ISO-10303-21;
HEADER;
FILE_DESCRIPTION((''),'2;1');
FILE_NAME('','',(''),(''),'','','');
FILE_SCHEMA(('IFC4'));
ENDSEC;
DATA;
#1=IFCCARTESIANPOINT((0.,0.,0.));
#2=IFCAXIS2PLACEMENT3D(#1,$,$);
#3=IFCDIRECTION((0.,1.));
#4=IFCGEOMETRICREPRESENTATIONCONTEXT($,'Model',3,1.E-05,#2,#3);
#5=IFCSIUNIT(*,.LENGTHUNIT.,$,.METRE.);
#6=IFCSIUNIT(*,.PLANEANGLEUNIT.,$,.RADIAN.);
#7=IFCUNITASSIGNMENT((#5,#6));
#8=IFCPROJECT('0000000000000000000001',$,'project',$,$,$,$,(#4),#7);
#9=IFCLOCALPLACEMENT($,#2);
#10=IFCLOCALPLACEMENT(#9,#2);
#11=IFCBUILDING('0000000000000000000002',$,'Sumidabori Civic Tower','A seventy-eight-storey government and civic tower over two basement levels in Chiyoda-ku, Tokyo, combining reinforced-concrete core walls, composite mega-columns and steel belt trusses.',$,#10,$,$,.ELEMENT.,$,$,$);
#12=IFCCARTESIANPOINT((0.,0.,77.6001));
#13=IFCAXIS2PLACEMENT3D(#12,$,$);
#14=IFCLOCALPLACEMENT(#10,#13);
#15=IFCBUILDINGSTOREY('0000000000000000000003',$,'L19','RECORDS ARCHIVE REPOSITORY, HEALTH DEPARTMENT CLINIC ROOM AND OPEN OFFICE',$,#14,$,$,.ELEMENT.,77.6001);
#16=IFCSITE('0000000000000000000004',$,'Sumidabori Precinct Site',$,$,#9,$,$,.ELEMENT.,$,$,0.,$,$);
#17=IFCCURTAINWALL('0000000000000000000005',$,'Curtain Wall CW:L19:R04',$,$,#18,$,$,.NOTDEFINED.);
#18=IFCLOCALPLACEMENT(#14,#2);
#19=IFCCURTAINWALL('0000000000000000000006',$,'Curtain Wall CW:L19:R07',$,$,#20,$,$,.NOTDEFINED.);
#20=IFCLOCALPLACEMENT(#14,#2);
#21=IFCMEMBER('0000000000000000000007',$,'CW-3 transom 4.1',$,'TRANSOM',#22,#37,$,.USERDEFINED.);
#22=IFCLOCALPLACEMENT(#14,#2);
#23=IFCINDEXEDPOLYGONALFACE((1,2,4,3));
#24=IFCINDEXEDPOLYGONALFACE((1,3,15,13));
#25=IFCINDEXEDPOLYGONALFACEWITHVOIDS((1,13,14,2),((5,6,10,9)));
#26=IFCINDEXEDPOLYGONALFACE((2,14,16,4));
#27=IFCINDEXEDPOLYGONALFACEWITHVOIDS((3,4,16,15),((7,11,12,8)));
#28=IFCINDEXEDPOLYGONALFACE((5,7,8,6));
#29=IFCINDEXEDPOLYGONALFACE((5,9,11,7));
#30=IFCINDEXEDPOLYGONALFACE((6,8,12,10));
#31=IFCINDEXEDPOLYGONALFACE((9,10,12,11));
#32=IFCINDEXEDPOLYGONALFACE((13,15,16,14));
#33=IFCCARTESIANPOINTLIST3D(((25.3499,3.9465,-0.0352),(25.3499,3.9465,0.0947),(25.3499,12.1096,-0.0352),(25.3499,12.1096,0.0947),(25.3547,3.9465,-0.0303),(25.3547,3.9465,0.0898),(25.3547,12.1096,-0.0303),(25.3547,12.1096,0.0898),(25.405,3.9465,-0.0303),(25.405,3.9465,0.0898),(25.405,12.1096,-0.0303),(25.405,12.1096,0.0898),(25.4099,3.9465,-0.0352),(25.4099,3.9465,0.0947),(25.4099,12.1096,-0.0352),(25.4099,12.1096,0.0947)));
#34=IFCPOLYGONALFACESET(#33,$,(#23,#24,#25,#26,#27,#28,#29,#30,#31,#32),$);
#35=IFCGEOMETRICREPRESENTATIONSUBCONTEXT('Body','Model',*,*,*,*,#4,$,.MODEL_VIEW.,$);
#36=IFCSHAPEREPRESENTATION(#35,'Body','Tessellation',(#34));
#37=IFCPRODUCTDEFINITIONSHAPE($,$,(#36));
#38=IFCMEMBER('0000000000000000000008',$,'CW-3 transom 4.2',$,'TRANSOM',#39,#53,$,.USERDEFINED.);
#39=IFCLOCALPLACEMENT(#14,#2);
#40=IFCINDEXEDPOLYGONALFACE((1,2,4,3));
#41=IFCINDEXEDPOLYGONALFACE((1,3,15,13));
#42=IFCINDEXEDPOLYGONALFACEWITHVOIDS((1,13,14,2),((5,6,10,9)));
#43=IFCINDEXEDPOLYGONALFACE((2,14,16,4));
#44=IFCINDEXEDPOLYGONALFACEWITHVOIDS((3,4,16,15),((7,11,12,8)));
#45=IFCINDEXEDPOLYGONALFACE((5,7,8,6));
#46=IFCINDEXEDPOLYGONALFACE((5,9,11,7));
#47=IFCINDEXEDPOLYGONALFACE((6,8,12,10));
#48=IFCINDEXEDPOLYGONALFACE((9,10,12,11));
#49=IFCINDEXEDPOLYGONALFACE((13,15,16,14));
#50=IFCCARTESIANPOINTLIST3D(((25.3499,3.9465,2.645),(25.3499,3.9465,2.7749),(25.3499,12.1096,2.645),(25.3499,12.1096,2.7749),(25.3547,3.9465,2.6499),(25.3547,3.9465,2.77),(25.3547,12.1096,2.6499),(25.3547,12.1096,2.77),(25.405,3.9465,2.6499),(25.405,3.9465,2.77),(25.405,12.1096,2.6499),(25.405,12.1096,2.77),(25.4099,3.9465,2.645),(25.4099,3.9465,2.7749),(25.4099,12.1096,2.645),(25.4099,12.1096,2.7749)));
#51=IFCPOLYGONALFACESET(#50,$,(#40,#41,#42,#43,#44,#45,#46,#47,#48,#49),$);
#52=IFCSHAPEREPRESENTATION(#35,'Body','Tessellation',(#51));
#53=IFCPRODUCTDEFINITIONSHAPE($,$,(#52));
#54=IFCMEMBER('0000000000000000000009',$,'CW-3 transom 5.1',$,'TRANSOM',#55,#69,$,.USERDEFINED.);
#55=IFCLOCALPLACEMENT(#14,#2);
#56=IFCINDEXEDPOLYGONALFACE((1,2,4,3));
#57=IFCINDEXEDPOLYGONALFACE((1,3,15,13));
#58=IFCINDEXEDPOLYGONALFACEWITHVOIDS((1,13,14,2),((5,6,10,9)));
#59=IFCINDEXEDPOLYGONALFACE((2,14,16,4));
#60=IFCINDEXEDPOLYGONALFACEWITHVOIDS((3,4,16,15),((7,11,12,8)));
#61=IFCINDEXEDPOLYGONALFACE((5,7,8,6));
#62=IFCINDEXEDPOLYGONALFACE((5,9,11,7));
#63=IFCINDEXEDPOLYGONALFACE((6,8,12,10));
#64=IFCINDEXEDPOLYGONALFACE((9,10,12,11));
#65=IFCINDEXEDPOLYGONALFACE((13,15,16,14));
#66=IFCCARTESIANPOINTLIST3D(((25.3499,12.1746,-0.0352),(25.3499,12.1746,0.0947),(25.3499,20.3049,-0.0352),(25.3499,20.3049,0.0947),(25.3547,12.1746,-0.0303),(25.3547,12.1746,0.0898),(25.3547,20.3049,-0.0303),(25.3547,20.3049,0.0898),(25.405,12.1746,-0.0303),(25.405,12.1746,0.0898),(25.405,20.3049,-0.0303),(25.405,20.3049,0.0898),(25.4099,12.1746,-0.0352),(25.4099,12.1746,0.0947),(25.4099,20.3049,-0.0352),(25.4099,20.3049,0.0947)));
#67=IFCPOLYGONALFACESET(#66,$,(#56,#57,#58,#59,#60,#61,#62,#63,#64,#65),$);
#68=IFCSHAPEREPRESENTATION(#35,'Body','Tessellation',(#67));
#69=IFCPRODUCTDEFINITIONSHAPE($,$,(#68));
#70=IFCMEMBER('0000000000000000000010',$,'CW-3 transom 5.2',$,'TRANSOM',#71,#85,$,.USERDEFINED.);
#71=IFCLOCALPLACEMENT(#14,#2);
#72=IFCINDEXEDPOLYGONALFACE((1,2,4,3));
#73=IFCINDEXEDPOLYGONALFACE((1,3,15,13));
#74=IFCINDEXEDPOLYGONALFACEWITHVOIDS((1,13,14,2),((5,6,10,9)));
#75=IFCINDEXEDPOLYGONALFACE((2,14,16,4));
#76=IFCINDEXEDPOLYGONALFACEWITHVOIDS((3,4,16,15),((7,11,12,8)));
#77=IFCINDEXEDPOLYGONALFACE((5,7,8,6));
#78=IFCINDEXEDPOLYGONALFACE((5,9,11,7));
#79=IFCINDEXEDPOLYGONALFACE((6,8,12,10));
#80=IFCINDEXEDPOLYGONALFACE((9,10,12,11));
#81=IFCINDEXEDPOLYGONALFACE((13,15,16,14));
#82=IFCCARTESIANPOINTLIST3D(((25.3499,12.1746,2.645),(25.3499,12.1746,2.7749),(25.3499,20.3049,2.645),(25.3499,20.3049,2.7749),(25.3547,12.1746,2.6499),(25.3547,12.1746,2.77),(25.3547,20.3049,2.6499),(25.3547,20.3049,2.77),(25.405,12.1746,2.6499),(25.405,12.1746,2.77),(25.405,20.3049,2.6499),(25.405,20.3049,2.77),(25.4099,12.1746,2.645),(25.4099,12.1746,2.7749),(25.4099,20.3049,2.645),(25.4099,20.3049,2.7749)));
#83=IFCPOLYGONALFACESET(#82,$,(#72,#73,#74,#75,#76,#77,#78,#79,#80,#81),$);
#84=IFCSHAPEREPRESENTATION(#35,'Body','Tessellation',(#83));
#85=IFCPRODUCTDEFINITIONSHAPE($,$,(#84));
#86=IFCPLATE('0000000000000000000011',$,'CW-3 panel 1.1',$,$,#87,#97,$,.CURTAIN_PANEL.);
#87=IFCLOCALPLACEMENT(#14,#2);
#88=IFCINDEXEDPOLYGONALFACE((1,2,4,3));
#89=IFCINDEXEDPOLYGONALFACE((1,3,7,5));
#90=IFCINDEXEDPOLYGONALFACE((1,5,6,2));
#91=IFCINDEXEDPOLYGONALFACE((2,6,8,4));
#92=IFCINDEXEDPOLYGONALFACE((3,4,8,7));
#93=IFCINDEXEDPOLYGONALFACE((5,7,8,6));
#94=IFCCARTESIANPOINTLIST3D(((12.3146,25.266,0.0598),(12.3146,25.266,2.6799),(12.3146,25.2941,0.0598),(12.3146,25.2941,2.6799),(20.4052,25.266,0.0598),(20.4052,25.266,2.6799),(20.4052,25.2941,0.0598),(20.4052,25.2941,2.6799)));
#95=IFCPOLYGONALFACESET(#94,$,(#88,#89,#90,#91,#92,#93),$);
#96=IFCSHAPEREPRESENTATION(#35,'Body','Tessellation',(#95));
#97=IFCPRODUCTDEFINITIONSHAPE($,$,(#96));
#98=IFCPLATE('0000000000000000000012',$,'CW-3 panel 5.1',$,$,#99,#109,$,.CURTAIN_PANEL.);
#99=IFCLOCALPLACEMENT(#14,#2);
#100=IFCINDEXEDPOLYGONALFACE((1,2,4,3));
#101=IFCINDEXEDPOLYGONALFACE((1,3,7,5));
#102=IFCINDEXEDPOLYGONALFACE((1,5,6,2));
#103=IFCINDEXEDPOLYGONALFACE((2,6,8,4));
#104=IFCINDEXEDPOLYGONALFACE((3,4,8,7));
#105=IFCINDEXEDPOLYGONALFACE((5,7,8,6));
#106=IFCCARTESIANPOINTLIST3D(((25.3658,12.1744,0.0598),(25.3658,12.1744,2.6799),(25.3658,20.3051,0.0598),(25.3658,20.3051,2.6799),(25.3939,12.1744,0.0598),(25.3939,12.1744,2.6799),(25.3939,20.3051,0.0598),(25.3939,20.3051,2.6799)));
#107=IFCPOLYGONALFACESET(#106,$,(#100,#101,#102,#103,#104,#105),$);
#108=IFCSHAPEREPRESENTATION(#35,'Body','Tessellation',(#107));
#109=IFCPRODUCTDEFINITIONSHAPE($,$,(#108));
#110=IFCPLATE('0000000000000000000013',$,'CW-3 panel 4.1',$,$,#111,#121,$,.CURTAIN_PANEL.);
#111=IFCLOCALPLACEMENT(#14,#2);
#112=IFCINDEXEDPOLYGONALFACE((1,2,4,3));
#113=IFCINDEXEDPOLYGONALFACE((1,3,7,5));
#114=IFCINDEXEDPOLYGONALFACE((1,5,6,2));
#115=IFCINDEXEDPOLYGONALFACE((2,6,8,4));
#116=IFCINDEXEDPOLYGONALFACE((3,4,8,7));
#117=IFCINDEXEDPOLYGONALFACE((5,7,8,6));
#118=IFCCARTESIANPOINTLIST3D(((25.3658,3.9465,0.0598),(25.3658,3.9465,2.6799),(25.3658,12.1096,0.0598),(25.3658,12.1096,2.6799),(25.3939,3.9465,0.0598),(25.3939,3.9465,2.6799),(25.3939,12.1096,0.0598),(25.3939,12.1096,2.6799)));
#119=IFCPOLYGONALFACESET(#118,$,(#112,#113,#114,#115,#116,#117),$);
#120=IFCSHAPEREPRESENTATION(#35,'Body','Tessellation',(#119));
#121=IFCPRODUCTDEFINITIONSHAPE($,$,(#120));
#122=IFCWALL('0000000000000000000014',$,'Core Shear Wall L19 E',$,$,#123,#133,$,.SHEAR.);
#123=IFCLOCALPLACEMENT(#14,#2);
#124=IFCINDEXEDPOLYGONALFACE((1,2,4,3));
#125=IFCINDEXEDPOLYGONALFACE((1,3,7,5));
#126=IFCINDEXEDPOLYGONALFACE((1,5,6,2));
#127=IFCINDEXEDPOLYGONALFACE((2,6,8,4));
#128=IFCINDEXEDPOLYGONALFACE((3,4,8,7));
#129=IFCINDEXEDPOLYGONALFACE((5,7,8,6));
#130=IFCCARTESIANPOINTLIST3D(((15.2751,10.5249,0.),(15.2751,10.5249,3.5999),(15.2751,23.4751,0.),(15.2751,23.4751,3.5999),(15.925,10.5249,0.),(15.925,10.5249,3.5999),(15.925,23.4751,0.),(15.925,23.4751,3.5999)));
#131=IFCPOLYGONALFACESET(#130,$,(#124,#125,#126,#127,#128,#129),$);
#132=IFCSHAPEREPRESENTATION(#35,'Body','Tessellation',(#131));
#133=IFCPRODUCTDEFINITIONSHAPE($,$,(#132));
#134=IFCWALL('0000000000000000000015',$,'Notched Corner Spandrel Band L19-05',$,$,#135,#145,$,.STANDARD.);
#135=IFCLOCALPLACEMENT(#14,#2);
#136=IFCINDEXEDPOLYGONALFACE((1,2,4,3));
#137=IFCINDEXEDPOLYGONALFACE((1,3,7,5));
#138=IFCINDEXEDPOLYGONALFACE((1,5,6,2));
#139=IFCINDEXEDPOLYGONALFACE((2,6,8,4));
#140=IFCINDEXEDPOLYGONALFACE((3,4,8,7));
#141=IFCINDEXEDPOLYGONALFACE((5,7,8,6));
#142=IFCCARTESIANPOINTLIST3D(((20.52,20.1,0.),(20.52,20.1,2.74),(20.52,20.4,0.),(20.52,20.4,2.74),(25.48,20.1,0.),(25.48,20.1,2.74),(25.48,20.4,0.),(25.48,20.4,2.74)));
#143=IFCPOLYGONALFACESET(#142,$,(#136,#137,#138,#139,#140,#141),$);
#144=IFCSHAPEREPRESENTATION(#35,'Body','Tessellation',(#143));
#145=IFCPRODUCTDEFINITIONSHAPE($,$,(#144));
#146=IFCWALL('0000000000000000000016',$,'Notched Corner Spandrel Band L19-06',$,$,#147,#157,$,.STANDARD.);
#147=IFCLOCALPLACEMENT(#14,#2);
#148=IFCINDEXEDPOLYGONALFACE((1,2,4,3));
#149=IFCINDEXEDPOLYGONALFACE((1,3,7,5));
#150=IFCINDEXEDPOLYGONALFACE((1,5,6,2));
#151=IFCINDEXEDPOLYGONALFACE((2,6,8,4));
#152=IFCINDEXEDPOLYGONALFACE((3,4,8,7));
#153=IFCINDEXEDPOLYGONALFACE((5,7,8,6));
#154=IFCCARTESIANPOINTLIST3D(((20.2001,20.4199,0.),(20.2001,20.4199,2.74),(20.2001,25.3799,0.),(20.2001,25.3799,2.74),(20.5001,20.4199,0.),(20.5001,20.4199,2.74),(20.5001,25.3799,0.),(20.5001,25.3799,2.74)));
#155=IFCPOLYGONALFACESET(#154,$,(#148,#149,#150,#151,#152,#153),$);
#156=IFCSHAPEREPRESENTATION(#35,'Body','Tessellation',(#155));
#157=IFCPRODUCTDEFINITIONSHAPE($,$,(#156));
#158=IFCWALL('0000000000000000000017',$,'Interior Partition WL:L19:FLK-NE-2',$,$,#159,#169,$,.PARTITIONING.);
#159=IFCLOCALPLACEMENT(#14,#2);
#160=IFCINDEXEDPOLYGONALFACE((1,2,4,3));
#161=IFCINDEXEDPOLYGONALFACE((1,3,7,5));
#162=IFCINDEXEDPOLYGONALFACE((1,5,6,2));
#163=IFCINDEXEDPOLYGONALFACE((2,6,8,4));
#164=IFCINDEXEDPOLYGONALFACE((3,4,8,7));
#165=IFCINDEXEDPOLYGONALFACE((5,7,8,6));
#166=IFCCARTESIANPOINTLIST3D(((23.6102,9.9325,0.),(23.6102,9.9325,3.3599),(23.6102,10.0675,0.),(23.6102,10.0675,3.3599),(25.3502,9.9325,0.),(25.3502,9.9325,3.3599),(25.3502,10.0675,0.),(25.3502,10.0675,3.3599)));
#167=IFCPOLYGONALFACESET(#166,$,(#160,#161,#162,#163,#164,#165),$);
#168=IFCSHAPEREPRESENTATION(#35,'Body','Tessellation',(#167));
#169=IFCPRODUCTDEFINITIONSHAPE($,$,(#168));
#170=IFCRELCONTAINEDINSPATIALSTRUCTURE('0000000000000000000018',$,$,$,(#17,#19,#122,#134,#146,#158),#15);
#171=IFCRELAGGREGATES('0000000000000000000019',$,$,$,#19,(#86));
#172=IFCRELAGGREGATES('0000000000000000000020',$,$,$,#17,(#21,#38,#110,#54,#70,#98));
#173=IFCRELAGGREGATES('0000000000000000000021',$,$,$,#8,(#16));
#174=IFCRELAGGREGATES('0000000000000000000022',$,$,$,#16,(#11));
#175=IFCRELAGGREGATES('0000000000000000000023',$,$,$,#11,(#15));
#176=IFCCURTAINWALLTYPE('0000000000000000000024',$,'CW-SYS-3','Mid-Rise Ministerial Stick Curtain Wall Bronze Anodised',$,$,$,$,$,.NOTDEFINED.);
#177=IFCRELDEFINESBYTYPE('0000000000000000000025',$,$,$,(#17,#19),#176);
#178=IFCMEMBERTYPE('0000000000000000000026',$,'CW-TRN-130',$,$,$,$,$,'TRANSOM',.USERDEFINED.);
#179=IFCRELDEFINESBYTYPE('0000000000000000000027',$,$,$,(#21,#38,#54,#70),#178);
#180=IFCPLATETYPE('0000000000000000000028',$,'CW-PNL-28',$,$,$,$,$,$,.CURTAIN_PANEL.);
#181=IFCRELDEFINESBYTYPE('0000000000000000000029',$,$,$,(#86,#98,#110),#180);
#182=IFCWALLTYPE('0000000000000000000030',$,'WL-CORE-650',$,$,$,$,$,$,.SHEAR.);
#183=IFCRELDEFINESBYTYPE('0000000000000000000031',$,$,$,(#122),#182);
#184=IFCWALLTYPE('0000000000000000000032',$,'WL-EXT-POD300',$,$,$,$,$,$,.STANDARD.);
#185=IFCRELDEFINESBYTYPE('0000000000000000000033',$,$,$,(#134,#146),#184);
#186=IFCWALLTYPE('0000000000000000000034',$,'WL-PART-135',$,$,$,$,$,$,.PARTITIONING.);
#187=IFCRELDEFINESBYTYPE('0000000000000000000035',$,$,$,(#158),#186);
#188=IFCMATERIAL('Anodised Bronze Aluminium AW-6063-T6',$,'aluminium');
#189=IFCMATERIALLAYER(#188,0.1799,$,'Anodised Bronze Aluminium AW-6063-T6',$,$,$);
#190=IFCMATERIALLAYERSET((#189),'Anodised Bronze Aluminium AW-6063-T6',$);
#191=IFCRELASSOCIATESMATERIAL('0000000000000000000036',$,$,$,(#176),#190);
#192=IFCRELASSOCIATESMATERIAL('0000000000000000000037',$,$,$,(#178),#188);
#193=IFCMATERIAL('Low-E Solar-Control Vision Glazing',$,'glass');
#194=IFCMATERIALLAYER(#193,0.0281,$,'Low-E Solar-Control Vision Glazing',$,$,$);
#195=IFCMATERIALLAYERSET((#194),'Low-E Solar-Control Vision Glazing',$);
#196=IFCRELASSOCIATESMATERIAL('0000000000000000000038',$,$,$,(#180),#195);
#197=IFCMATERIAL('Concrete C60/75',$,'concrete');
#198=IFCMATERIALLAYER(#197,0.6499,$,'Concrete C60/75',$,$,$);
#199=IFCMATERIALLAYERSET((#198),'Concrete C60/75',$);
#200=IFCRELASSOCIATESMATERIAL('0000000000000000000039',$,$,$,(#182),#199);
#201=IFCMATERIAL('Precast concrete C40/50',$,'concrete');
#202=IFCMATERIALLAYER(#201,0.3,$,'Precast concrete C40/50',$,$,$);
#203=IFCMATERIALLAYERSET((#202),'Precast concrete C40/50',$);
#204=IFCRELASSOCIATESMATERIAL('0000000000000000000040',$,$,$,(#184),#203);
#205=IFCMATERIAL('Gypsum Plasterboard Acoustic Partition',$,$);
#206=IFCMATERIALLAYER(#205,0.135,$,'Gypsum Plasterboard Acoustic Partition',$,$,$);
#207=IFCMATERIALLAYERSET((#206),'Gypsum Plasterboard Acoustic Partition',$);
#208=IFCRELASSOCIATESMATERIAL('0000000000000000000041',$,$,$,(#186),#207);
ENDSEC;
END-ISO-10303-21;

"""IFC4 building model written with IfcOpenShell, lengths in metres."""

from ifc_helpers import new_model, si_unit, direction, frame, frame_2d, origin, origin_2d, place, context, subcontext, project, spatial, rectangle, hollow_rectangle, extrude, source, transform, mapped, material, layer, layer_set, material_profile, profile_set, type_object, element, aggregate, save


model = new_model("IFC4")

# Units and contexts
model_context = context("Model", 3, precision=1e-05, world=origin(), true_north=direction((0.0, 1.0)))
body_context = subcontext(model_context, "Body", "Model", "MODEL_VIEW")
ifc_project = project(units=[si_unit("LENGTHUNIT", "METRE"), si_unit("PLANEANGLEUNIT", "RADIAN")], contexts=[model_context])

# Site, building, storey
site_placement = place(None, origin())
site = spatial("IfcSite", under=ifc_project, at=site_placement, Name="Sumidabori Precinct Site", CompositionType="ELEMENT", RefElevation=0.0)
building_placement = place(site_placement, origin())
building = spatial("IfcBuilding", under=site, at=building_placement, Name="Sumidabori Civic Tower", Description="A seventy-eight-storey government and civic tower over two basement levels in Chiyoda-ku, Tokyo, combining reinforced-concrete core walls, composite mega-columns and steel belt trusses.", CompositionType="ELEMENT")
storey_placement = place(building_placement, frame((0.0, 0.0, 77.6001)))
storey = spatial("IfcBuildingStorey", under=building, at=storey_placement, Name="L19", Description="RECORDS ARCHIVE REPOSITORY, HEALTH DEPARTMENT CLINIC ROOM AND OPEN OFFICE", CompositionType="ELEMENT", Elevation=77.6001)

# Shared definitions
ifc_material_1 = material(Name="Concrete C60/75", Category="concrete")

# Curtain walls
ifc_material_2 = material(Name="Anodised Bronze Aluminium AW-6063-T6", Category="aluminium")
ifc_layer_1 = layer(ifc_material_2, 0.1799, Name="Anodised Bronze Aluminium AW-6063-T6")
ifc_layer_set_1 = layer_set([ifc_layer_1], Name="Anodised Bronze Aluminium AW-6063-T6")
curtain_wall_type = type_object("IfcCurtainWallType", Name="CW-SYS-3", Description="Mid-Rise Ministerial Stick Curtain Wall Bronze Anodised", PredefinedType="NOTDEFINED", material=ifc_layer_set_1)
curtain_wall_1_placement = place(storey_placement, origin())
curtain_wall_1 = element("IfcCurtainWall", 1, at=curtain_wall_1_placement, inside=storey, type_object=curtain_wall_type, Name="Curtain Wall CW:L19:R04", PredefinedType="NOTDEFINED")
curtain_wall_2_placement = place(storey_placement, origin())
curtain_wall_2 = element("IfcCurtainWall", 2, at=curtain_wall_2_placement, inside=storey, type_object=curtain_wall_type, Name="Curtain Wall CW:L19:R07", PredefinedType="NOTDEFINED")
ifc_material_profile_1 = material_profile(ifc_material_2, hollow_rectangle(XDim=0.0601, YDim=0.1299, WallThickness=0.0049, at=origin_2d()), Name="ALU TRANSOM 130x60")
ifc_profile_set_1 = profile_set([ifc_material_profile_1], Name="Anodised Bronze Aluminium AW-6063-T6")
member_type_1 = type_object("IfcMemberType", Name="CW-TRN-130", ElementType="TRANSOM", PredefinedType="USERDEFINED", material=ifc_profile_set_1)

# Members
shared_shape_1 = source(origin(), body_context, "Body", "SweptSolid", [
    extrude(hollow_rectangle(XDim=0.0601, YDim=0.1299, WallThickness=0.0049, at=origin_2d()), origin(), (0.0, 0.0, 1.0), 8.1631),
])
member_1_placement = place(storey_placement, frame((25.3799, 3.9465, 0.0298), z_axis=(0.0, 1.0, 0.0), x_axis=(-1.0, 0.0, 0.0)))
member_1 = element("IfcMember", 3, at=member_1_placement, type_object=member_type_1, Name="CW-3 transom 4.1", ObjectType="TRANSOM", PredefinedType="USERDEFINED", context=body_context, shape_type="MappedRepresentation", body=[
    mapped(shared_shape_1, transform((0.0, 0.0, 0.0), x_axis=(1.0, 0.0, 0.0), y_axis=(0.0, 1.0, 0.0), z_axis=(0.0, 0.0, 1.0), scale=1.0)),
])
member_2_placement = place(storey_placement, frame((25.3799, 3.9465, 2.71), z_axis=(0.0, 1.0, 0.0), x_axis=(-1.0, 0.0, 0.0)))
member_2 = element("IfcMember", 4, at=member_2_placement, type_object=member_type_1, Name="CW-3 transom 4.2", ObjectType="TRANSOM", PredefinedType="USERDEFINED", context=body_context, shape_type="MappedRepresentation", body=[
    mapped(shared_shape_1, transform((0.0, 0.0, 0.0), x_axis=(1.0, 0.0, 0.0), y_axis=(0.0, 1.0, 0.0), z_axis=(0.0, 0.0, 1.0), scale=1.0)),
])
shared_shape_2 = source(origin(), body_context, "Body", "SweptSolid", [
    extrude(hollow_rectangle(XDim=0.0601, YDim=0.1299, WallThickness=0.0049, at=origin_2d()), origin(), (0.0, 0.0, 1.0), 8.1304),
])
member_3_placement = place(storey_placement, frame((25.3799, 12.1746, 0.0298), z_axis=(0.0, 1.0, 0.0), x_axis=(-1.0, 0.0, 0.0)))
member_3 = element("IfcMember", 5, at=member_3_placement, type_object=member_type_1, Name="CW-3 transom 5.1", ObjectType="TRANSOM", PredefinedType="USERDEFINED", context=body_context, shape_type="MappedRepresentation", body=[
    mapped(shared_shape_2, transform((0.0, 0.0, 0.0), x_axis=(1.0, 0.0, 0.0), y_axis=(0.0, 1.0, 0.0), z_axis=(0.0, 0.0, 1.0), scale=1.0)),
])
member_4_placement = place(storey_placement, frame((25.3799, 12.1746, 2.71), z_axis=(0.0, 1.0, 0.0), x_axis=(-1.0, 0.0, 0.0)))
member_4 = element("IfcMember", 6, at=member_4_placement, type_object=member_type_1, Name="CW-3 transom 5.2", ObjectType="TRANSOM", PredefinedType="USERDEFINED", context=body_context, shape_type="MappedRepresentation", body=[
    mapped(shared_shape_2, transform((0.0, 0.0, 0.0), x_axis=(1.0, 0.0, 0.0), y_axis=(0.0, 1.0, 0.0), z_axis=(0.0, 0.0, 1.0), scale=1.0)),
])

# Plates
ifc_material_3 = material(Name="Low-E Solar-Control Vision Glazing", Category="glass")
ifc_layer_2 = layer(ifc_material_3, 0.0281, Name="Low-E Solar-Control Vision Glazing")
ifc_layer_set_2 = layer_set([ifc_layer_2], Name="Low-E Solar-Control Vision Glazing")
plate_type = type_object("IfcPlateType", Name="CW-PNL-28", PredefinedType="CURTAIN_PANEL", material=ifc_layer_set_2)
shared_shape_3 = source(origin(), body_context, "Body", "SweptSolid", [
    extrude(rectangle(XDim=8.0906, YDim=0.0281, at=origin_2d()), origin(), (0.0, 0.0, 1.0), 2.6201),
])
plate_1_placement = place(storey_placement, frame((16.3599, 25.28, 0.0598), z_axis=(0.0, 0.0, 1.0), x_axis=(-1.0, 0.0, 0.0)))
plate_1 = element("IfcPlate", 7, at=plate_1_placement, type_object=plate_type, Name="CW-3 panel 1.1", PredefinedType="CURTAIN_PANEL", context=body_context, shape_type="MappedRepresentation", body=[
    mapped(shared_shape_3, transform((0.0, 0.0, 0.0), x_axis=(1.0, 0.0, 0.0), y_axis=(0.0, 1.0, 0.0), z_axis=(0.0, 0.0, 1.0), scale=1.0)),
])
aggregate(curtain_wall_2, [plate_1])
shared_shape_4 = source(origin(), body_context, "Body", "SweptSolid", [
    extrude(rectangle(XDim=8.1306, YDim=0.0281, at=origin_2d()), origin(), (0.0, 0.0, 1.0), 2.6201),
])
plate_2_placement = place(storey_placement, frame((25.3799, 16.2397, 0.0598), z_axis=(0.0, 0.0, 1.0), x_axis=(0.0, 1.0, 0.0)))
plate_2 = element("IfcPlate", 8, at=plate_2_placement, type_object=plate_type, Name="CW-3 panel 5.1", PredefinedType="CURTAIN_PANEL", context=body_context, shape_type="MappedRepresentation", body=[
    mapped(shared_shape_4, transform((0.0, 0.0, 0.0), x_axis=(1.0, 0.0, 0.0), y_axis=(0.0, 1.0, 0.0), z_axis=(0.0, 0.0, 1.0), scale=1.0)),
])
shared_shape_5 = source(origin(), body_context, "Body", "SweptSolid", [
    extrude(rectangle(XDim=8.1631, YDim=0.0281, at=origin_2d()), origin(), (0.0, 0.0, 1.0), 2.6201),
])
plate_3_placement = place(storey_placement, frame((25.3799, 8.0281, 0.0598), z_axis=(0.0, 0.0, 1.0), x_axis=(0.0, 1.0, 0.0)))
plate_3 = element("IfcPlate", 9, at=plate_3_placement, type_object=plate_type, Name="CW-3 panel 4.1", PredefinedType="CURTAIN_PANEL", context=body_context, shape_type="MappedRepresentation", body=[
    mapped(shared_shape_5, transform((0.0, 0.0, 0.0), x_axis=(1.0, 0.0, 0.0), y_axis=(0.0, 1.0, 0.0), z_axis=(0.0, 0.0, 1.0), scale=1.0)),
])
aggregate(curtain_wall_1, [member_1, member_2, plate_3, member_3, member_4, plate_2])

# Walls
ifc_layer_3 = layer(ifc_material_1, 0.6499, Name="Concrete C60/75")
ifc_layer_set_3 = layer_set([ifc_layer_3], Name="Concrete C60/75")
wall_type_1 = type_object("IfcWallType", Name="WL-CORE-650", PredefinedType="SHEAR", material=ifc_layer_set_3)
shared_shape_6 = source(origin(), body_context, "Body", "SweptSolid", [
    extrude(rectangle(XDim=12.9502, YDim=0.6499, at=frame_2d((6.4751, 0.0))), origin(), (0.0, 0.0, 1.0), 3.5999),
])
wall_1_placement = place(storey_placement, frame((15.6001, 10.5249, 0.0), z_axis=(0.0, 0.0, 1.0), x_axis=(0.0, 1.0, 0.0)))
element("IfcWall", 10, at=wall_1_placement, inside=storey, type_object=wall_type_1, Name="Core Shear Wall L19 E", PredefinedType="SHEAR", context=body_context, shape_type="MappedRepresentation", body=[
    mapped(shared_shape_6, transform((0.0, 0.0, 0.0), x_axis=(1.0, 0.0, 0.0), y_axis=(0.0, 1.0, 0.0), z_axis=(0.0, 0.0, 1.0), scale=1.0)),
])
ifc_material_4 = material(Name="Precast concrete C40/50", Category="concrete")
ifc_layer_4 = layer(ifc_material_4, 0.3, Name="Precast concrete C40/50")
ifc_layer_set_4 = layer_set([ifc_layer_4], Name="Precast concrete C40/50")
wall_type_2 = type_object("IfcWallType", Name="WL-EXT-POD300", PredefinedType="STANDARD", material=ifc_layer_set_4)
shared_shape_7 = source(origin(), body_context, "Body", "SweptSolid", [
    extrude(rectangle(XDim=4.96, YDim=0.3, at=frame_2d((2.48, 0.0))), origin(), (0.0, 0.0, 1.0), 2.74),
])
for number, where, z_axis, x_axis, name in (
    (11, (25.48, 20.25, 0.0), (0.0, 0.0, 1.0), (-1.0, 0.0, 0.0), "Notched Corner Spandrel Band L19-05"),
    (12, (20.3501, 20.4199, 0.0), (0.0, 0.0, 1.0), (0.0, 1.0, 0.0), "Notched Corner Spandrel Band L19-06"),
):
    element("IfcWall", number, at=place(storey_placement, frame(where, z_axis=z_axis, x_axis=x_axis)), inside=storey, type_object=wall_type_2, Name=name, PredefinedType="STANDARD", context=body_context, shape_type="MappedRepresentation", body=[
        mapped(shared_shape_7, transform((0.0, 0.0, 0.0), x_axis=(1.0, 0.0, 0.0), y_axis=(0.0, 1.0, 0.0), z_axis=(0.0, 0.0, 1.0), scale=1.0)),
    ])
ifc_material_5 = material(Name="Gypsum Plasterboard Acoustic Partition")
ifc_layer_5 = layer(ifc_material_5, 0.135, Name="Gypsum Plasterboard Acoustic Partition")
ifc_layer_set_5 = layer_set([ifc_layer_5], Name="Gypsum Plasterboard Acoustic Partition")
wall_type_3 = type_object("IfcWallType", Name="WL-PART-135", PredefinedType="PARTITIONING", material=ifc_layer_set_5)
shared_shape_8 = source(origin(), body_context, "Body", "SweptSolid", [
    extrude(rectangle(XDim=1.74, YDim=0.135, at=frame_2d((0.8701, 0.0))), origin(), (0.0, 0.0, 1.0), 3.3599),
])
wall_2_placement = place(storey_placement, frame((23.6101, 10.0, 0.0), z_axis=(0.0, 0.0, 1.0), x_axis=(1.0, 0.0, 0.0)))
element("IfcWall", 13, at=wall_2_placement, inside=storey, type_object=wall_type_3, Name="Interior Partition WL:L19:FLK-NE-2", PredefinedType="PARTITIONING", context=body_context, shape_type="MappedRepresentation", body=[
    mapped(shared_shape_8, transform((0.0, 0.0, 0.0), x_axis=(1.0, 0.0, 0.0), y_axis=(0.0, 1.0, 0.0), z_axis=(0.0, 0.0, 1.0), scale=1.0)),
])

save(model, "model.ifc")
